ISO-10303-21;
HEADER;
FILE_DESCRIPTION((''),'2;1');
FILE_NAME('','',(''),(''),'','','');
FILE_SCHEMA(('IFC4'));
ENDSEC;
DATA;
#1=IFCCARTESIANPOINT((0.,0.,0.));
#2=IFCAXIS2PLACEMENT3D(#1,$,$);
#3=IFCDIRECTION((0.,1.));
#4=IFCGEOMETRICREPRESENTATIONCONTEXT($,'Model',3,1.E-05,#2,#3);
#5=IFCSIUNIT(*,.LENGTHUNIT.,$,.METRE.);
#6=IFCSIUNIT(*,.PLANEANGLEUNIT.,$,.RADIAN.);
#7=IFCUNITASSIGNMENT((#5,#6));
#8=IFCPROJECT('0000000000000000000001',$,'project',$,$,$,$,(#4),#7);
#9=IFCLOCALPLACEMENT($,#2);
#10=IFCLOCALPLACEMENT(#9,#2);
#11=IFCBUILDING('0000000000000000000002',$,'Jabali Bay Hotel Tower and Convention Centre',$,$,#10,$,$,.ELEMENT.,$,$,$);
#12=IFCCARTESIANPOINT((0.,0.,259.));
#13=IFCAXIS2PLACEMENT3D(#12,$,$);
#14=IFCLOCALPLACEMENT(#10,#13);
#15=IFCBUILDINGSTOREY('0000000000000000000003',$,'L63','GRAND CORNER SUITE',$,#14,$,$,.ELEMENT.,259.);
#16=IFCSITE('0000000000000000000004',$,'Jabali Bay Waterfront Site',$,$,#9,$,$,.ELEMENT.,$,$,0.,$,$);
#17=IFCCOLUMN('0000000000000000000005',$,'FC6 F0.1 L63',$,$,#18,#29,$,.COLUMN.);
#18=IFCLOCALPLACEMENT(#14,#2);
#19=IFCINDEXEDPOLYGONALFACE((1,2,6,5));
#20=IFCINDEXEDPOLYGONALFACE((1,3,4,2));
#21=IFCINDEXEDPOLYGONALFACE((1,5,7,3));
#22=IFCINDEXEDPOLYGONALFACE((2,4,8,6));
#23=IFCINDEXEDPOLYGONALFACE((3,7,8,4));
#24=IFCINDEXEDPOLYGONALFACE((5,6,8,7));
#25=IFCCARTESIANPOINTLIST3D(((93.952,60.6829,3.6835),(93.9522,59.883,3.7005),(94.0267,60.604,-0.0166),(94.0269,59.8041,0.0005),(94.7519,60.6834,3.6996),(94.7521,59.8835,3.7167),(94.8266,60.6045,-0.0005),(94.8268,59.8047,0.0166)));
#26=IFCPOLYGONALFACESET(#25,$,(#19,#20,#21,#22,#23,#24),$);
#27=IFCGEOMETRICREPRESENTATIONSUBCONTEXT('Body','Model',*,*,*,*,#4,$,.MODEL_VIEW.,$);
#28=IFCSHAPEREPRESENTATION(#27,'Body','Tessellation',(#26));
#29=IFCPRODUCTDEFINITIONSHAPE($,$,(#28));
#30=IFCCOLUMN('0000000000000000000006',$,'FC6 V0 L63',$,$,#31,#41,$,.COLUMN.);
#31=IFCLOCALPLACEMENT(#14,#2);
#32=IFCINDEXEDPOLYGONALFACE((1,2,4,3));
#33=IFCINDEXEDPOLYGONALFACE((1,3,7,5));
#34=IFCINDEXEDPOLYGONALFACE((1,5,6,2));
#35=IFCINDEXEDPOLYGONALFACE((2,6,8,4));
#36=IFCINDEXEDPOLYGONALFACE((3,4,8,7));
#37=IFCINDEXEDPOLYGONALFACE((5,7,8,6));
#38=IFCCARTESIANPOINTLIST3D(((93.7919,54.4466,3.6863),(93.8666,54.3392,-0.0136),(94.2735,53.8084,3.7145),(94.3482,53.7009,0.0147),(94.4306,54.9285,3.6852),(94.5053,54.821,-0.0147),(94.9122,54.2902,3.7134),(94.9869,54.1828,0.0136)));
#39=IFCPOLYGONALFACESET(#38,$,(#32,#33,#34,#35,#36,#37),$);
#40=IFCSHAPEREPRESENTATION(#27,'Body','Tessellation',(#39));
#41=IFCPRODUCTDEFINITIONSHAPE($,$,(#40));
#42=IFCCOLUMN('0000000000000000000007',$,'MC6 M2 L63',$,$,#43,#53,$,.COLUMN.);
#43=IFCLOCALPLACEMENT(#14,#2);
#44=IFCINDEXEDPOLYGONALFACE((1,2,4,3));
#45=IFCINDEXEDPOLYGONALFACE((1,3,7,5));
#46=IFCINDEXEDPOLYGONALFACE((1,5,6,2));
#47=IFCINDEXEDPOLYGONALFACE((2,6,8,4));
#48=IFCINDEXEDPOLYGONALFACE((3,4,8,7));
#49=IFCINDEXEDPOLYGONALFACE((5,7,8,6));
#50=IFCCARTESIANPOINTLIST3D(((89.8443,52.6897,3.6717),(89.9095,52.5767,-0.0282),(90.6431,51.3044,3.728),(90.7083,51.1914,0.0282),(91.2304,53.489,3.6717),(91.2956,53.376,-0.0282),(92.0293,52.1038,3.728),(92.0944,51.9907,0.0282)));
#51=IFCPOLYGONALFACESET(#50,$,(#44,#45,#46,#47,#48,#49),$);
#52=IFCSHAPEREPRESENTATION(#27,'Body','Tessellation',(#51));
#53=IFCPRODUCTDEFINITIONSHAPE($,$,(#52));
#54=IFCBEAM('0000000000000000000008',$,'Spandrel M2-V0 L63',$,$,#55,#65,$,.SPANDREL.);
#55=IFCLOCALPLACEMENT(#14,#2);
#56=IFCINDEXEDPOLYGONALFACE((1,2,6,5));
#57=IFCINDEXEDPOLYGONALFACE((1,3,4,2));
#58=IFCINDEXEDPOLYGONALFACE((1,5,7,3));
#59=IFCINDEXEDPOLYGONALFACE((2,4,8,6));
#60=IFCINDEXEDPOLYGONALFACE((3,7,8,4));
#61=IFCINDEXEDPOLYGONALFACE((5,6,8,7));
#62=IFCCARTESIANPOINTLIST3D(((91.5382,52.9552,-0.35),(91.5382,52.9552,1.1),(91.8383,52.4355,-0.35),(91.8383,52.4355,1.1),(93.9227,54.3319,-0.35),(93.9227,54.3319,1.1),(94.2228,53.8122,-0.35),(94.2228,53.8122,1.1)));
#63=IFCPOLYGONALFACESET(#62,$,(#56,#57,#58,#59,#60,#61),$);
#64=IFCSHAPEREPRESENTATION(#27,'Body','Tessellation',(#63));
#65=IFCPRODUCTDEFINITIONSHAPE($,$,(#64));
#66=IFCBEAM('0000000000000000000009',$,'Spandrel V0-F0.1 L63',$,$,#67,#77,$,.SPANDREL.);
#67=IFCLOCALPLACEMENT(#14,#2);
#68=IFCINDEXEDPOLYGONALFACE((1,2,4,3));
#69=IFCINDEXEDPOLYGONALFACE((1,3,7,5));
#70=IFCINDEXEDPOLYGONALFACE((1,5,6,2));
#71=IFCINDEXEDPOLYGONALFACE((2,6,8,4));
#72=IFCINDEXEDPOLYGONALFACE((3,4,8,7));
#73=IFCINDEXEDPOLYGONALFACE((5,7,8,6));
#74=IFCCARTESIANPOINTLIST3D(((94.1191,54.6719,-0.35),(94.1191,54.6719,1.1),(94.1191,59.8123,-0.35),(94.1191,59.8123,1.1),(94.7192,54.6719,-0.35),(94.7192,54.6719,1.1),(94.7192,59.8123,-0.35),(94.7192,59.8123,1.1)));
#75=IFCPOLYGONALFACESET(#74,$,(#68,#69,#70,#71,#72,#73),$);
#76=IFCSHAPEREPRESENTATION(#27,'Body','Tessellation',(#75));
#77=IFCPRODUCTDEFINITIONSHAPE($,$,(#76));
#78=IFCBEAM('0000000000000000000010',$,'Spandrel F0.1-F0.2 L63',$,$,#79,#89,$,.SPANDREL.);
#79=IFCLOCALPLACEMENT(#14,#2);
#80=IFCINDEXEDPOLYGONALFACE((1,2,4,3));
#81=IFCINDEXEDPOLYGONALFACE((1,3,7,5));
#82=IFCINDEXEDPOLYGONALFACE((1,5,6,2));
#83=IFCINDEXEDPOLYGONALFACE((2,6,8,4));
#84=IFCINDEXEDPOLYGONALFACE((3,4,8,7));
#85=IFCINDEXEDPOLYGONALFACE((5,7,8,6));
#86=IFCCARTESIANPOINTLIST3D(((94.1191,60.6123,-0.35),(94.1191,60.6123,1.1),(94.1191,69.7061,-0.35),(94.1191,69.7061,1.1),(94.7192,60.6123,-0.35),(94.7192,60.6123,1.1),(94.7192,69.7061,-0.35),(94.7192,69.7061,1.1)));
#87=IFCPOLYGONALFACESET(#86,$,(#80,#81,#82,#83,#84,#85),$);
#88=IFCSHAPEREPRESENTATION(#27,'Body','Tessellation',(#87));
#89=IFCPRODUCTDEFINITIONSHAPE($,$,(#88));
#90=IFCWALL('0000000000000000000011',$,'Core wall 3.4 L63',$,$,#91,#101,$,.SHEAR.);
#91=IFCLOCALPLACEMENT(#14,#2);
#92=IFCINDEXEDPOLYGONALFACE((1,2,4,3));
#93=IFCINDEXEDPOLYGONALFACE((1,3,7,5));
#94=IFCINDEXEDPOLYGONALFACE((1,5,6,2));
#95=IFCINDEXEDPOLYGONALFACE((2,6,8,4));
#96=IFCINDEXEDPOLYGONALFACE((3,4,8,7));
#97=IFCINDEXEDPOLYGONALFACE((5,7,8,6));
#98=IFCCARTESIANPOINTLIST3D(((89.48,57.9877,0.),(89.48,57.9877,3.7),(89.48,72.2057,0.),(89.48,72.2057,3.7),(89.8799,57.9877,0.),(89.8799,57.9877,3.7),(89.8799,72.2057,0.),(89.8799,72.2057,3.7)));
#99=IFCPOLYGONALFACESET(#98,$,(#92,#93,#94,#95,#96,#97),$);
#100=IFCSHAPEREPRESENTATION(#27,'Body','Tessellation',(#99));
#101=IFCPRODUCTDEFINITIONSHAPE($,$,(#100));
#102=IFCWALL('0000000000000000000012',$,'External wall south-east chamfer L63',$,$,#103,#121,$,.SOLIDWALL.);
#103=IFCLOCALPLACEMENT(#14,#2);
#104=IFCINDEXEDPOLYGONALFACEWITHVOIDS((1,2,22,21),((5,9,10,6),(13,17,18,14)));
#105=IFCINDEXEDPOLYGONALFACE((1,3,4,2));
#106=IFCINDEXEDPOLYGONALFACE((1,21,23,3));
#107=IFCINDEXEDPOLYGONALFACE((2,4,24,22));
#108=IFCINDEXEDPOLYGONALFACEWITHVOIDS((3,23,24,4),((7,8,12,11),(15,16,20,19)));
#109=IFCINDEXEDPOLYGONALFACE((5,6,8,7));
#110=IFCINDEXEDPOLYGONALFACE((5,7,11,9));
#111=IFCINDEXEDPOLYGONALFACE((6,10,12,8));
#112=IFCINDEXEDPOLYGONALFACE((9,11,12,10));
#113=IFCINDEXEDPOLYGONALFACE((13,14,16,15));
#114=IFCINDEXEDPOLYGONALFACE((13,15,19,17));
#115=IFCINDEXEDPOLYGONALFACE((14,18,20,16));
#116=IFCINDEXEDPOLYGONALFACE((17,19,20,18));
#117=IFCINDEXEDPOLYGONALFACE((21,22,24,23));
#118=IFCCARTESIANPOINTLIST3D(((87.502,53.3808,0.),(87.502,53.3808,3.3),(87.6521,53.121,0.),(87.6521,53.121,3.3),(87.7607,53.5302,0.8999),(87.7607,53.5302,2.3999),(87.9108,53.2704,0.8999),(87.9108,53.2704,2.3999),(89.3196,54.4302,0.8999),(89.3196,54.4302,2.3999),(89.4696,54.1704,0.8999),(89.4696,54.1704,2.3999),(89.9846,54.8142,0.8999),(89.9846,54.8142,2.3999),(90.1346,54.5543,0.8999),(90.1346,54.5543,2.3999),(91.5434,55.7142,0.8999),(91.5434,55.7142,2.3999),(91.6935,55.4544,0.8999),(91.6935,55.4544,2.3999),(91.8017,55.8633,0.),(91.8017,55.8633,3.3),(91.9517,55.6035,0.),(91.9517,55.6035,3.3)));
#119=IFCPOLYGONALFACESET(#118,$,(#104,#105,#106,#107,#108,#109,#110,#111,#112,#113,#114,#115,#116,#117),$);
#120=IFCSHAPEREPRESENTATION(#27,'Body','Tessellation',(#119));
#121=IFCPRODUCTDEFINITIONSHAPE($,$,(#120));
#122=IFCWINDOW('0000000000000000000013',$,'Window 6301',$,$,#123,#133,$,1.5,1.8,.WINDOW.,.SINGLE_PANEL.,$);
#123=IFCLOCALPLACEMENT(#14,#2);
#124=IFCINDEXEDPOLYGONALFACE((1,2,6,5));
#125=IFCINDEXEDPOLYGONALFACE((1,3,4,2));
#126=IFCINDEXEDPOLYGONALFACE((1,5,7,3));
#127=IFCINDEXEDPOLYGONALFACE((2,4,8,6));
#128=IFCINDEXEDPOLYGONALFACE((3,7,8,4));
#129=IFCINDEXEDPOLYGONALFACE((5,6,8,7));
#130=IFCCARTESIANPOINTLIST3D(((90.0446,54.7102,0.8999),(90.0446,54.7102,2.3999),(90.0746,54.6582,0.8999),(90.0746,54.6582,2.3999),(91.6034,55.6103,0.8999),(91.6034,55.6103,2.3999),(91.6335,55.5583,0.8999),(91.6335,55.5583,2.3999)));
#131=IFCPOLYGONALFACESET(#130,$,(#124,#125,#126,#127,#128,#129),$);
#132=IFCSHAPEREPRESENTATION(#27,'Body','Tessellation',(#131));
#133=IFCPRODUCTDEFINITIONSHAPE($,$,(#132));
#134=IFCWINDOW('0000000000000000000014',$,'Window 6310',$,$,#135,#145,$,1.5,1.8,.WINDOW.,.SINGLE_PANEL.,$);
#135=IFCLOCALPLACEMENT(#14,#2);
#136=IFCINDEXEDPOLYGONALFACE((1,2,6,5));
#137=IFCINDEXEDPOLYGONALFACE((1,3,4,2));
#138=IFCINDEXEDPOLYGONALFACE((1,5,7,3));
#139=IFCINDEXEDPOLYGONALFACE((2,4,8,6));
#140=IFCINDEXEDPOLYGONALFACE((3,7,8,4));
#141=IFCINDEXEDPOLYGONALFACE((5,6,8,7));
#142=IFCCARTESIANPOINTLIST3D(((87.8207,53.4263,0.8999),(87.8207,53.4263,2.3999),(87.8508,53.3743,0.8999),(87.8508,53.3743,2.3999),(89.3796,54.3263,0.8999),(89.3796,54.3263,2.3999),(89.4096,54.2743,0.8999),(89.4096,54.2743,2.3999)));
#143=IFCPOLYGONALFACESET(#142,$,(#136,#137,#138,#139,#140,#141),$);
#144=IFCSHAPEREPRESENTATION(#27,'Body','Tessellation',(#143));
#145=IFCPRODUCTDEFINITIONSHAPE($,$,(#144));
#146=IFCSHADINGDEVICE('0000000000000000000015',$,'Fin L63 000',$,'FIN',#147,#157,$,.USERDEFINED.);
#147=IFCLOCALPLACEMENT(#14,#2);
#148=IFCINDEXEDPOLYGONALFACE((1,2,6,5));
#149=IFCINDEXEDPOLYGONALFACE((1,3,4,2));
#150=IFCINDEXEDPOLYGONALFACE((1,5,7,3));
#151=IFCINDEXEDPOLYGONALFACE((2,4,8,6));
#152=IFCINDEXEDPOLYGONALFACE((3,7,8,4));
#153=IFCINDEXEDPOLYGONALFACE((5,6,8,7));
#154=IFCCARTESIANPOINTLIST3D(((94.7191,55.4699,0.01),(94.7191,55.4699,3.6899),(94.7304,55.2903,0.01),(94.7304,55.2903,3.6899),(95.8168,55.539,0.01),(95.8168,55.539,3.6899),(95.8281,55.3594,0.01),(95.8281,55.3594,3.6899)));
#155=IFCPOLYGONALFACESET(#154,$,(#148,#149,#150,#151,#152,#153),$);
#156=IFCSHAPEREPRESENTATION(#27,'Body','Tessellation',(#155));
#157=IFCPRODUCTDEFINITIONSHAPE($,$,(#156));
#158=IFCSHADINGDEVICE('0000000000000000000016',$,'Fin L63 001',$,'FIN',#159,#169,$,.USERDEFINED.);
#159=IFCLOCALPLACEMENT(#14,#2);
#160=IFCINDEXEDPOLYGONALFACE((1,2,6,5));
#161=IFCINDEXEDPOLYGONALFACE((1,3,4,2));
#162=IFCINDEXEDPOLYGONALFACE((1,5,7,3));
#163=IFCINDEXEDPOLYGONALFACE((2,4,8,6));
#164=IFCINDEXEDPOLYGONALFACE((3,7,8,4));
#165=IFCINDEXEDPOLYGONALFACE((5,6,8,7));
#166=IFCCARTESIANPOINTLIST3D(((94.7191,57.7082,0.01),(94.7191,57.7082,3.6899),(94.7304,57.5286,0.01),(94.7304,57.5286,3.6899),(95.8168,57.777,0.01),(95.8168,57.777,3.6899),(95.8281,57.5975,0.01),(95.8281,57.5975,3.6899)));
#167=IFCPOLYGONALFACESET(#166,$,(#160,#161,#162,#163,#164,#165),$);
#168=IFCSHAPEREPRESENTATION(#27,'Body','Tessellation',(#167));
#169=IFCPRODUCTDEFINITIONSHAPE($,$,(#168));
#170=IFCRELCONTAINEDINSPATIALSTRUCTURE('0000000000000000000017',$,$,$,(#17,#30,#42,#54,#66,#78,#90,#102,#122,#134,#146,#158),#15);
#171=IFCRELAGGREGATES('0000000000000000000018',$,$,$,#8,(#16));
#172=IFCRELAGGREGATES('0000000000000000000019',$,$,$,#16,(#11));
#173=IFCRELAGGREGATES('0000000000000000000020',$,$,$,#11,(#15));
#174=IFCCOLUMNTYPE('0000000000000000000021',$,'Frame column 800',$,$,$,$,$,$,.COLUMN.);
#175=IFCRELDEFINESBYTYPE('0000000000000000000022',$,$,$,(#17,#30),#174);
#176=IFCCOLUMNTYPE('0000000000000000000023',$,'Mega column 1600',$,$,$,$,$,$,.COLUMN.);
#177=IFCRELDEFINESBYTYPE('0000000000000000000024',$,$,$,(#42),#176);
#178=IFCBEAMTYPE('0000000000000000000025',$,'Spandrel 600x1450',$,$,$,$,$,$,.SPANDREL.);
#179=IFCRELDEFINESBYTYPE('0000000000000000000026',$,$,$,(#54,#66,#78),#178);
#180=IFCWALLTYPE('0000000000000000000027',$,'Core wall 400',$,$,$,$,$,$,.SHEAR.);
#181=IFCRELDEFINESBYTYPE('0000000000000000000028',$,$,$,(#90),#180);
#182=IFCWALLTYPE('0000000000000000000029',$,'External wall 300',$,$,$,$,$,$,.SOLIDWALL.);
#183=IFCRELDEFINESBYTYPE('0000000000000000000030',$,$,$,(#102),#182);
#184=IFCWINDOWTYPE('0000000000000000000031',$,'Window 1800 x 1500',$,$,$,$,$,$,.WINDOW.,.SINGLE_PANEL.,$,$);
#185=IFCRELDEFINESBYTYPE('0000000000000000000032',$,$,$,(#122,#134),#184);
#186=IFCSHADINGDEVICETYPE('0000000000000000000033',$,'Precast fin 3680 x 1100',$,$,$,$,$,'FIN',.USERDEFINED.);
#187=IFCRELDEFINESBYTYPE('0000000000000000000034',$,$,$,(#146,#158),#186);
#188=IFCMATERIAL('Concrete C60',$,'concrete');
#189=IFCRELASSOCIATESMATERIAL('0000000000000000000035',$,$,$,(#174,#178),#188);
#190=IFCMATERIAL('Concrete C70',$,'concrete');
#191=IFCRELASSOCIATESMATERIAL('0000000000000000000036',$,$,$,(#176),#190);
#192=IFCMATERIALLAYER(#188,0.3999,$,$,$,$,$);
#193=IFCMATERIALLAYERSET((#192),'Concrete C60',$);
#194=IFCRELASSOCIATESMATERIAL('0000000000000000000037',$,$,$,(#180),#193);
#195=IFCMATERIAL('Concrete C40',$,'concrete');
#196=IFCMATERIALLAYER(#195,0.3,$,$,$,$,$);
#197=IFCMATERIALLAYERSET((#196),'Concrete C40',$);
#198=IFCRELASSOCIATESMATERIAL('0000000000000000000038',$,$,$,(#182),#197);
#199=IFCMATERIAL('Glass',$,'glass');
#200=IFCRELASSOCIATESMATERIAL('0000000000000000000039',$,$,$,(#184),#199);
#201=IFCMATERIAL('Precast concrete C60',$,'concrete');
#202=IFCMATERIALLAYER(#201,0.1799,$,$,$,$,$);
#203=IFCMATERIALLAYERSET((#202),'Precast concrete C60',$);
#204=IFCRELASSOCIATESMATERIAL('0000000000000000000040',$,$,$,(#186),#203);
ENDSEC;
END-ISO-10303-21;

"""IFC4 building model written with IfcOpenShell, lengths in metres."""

from ifc_helpers import new_model, si_unit, direction, frame, frame_2d, origin, origin_2d, place, context, subcontext, project, spatial, rectangle, extrude, material, layer, layer_set, material_profile, profile_set, type_object, element, fill, save


model = new_model("IFC4")

# Units and contexts
model_context = context("Model", 3, precision=1e-05, world=origin(), true_north=direction((0.0, 1.0)))
body_context = subcontext(model_context, "Body", "Model", "MODEL_VIEW")
ifc_project = project(units=[si_unit("LENGTHUNIT", "METRE"), si_unit("PLANEANGLEUNIT", "RADIAN")], contexts=[model_context])

# Site, building, storey
site_placement = place(None, origin())
site = spatial("IfcSite", under=ifc_project, at=site_placement, Name="Jabali Bay Waterfront Site", CompositionType="ELEMENT", RefElevation=0.0)
building_placement = place(site_placement, origin())
building = spatial("IfcBuilding", under=site, at=building_placement, Name="Jabali Bay Hotel Tower and Convention Centre", CompositionType="ELEMENT")
storey_placement = place(building_placement, frame((0.0, 0.0, 259.0)))
storey = spatial("IfcBuildingStorey", under=building, at=storey_placement, Name="L63", Description="GRAND CORNER SUITE", CompositionType="ELEMENT", Elevation=259.0)

# Columns
ifc_material_1 = material(Name="Concrete C60", Category="concrete")
ifc_material_profile_1 = material_profile(ifc_material_1, rectangle(XDim=0.8, YDim=0.8, at=origin_2d()), Name="Frame column 800")
ifc_profile_set_1 = profile_set([ifc_material_profile_1], Name="Concrete C60")
column_type_1 = type_object("IfcColumnType", Name="Frame column 800", PredefinedType="COLUMN", material=ifc_profile_set_1)
column_1_placement = place(storey_placement, frame((94.4268, 60.2043, 0.0), z_axis=(-0.020183, 0.021304, 0.999569), x_axis=(0.000228, -0.999773, 0.021313)))
element("IfcColumn", 1, at=column_1_placement, inside=storey, type_object=column_type_1, Name="FC6 F0.1 L63", PredefinedType="COLUMN", context=body_context, shape_type="SweptSolid", body=[
    extrude(rectangle(XDim=0.8, YDim=0.8, at=origin_2d()), origin(), (0.0, 0.0, 1.0), 3.7017),
])
column_2_placement = place(storey_placement, frame((94.4268, 54.261, 0.0), z_axis=(-0.020179, 0.029015, 0.999375), x_axis=(-0.798282, -0.602282, 0.001368)))
element("IfcColumn", 2, at=column_2_placement, inside=storey, type_object=column_type_1, Name="FC6 V0 L63", PredefinedType="COLUMN", context=body_context, shape_type="SweptSolid", body=[
    extrude(rectangle(XDim=0.8, YDim=0.8, at=origin_2d()), origin(), (0.0, 0.0, 1.0), 3.7021),
])
ifc_material_2 = material(Name="Concrete C70", Category="concrete")
ifc_material_profile_2 = material_profile(ifc_material_2, rectangle(XDim=1.6001, YDim=1.6001, at=origin_2d()), Name="Mega column 1600")
ifc_profile_set_2 = profile_set([ifc_material_profile_2], Name="Concrete C70")
column_type_2 = type_object("IfcColumnType", Name="Mega column 1600", PredefinedType="COLUMN", material=ifc_profile_set_2)
column_3_placement = place(storey_placement, frame((91.002, 52.2837, 0.0), z_axis=(-0.017607, 0.030532, 0.999379), x_axis=(0.49925, -0.865741, 0.035245)))
element("IfcColumn", 3, at=column_3_placement, inside=storey, type_object=column_type_2, Name="MC6 M2 L63", PredefinedType="COLUMN", context=body_context, shape_type="SweptSolid", body=[
    extrude(rectangle(XDim=1.6001, YDim=1.6001, at=origin_2d()), origin(), (0.0, 0.0, 1.0), 3.7021),
])

# Beams
ifc_material_profile_3 = material_profile(ifc_material_1, rectangle(XDim=0.6001, YDim=1.45, at=origin_2d()), Name="Spandrel 600x1450")
ifc_profile_set_3 = profile_set([ifc_material_profile_3], Name="Concrete C60")
beam_type = type_object("IfcBeamType", Name="Spandrel 600x1450", PredefinedType="SPANDREL", material=ifc_profile_set_3)
beam_1_placement = place(storey_placement, frame((91.6882, 52.6953, 0.375), z_axis=(0.866025, 0.500001, 0.0), x_axis=(-0.500001, 0.866025, 0.0)))
element("IfcBeam", 4, at=beam_1_placement, inside=storey, type_object=beam_type, Name="Spandrel M2-V0 L63", PredefinedType="SPANDREL", context=body_context, shape_type="SweptSolid", body=[
    extrude(rectangle(XDim=0.6001, YDim=1.45, at=origin_2d()), origin(), (0.0, 0.0, 1.0), 2.7534),
])
beam_2_placement = place(storey_placement, frame((94.4192, 54.6719, 0.375), z_axis=(0.0, 1.0, 0.0), x_axis=(-1.0, 0.0, 0.0)))
element("IfcBeam", 5, at=beam_2_placement, inside=storey, type_object=beam_type, Name="Spandrel V0-F0.1 L63", PredefinedType="SPANDREL", context=body_context, shape_type="SweptSolid", body=[
    extrude(rectangle(XDim=0.6001, YDim=1.45, at=origin_2d()), origin(), (0.0, 0.0, 1.0), 5.1404),
])
beam_3_placement = place(storey_placement, frame((94.4192, 60.6123, 0.375), z_axis=(0.0, 1.0, 0.0), x_axis=(-1.0, 0.0, 0.0)))
element("IfcBeam", 6, at=beam_3_placement, inside=storey, type_object=beam_type, Name="Spandrel F0.1-F0.2 L63", PredefinedType="SPANDREL", context=body_context, shape_type="SweptSolid", body=[
    extrude(rectangle(XDim=0.6001, YDim=1.45, at=origin_2d()), origin(), (0.0, 0.0, 1.0), 9.0938),
])

# Wall
ifc_layer_1 = layer(ifc_material_1, 0.3999)
ifc_layer_set_1 = layer_set([ifc_layer_1], Name="Concrete C60")
wall_type_1 = type_object("IfcWallType", Name="Core wall 400", PredefinedType="SHEAR", material=ifc_layer_set_1)
wall_1_placement = place(storey_placement, frame((89.6799, 57.9878, 0.0), z_axis=(0.0, 0.0, 1.0), x_axis=(0.0, 1.0, 0.0)))
element("IfcWall", 7, at=wall_1_placement, inside=storey, type_object=wall_type_1, Name="Core wall 3.4 L63", PredefinedType="SHEAR", context=body_context, shape_type="SweptSolid", body=[
    extrude(rectangle(XDim=14.218, YDim=0.3999, at=frame_2d((7.1089, 0.0))), origin(), (0.0, 0.0, 1.0), 3.7),
])

# Wall, openings, windows
ifc_material_3 = material(Name="Concrete C40", Category="concrete")
ifc_layer_2 = layer(ifc_material_3, 0.3)
ifc_layer_set_2 = layer_set([ifc_layer_2], Name="Concrete C40")
wall_type_2 = type_object("IfcWallType", Name="External wall 300", PredefinedType="SOLIDWALL", material=ifc_layer_set_2)
wall_2_placement = place(storey_placement, frame((91.8767, 55.7334, 0.0), z_axis=(0.0, 0.0, 1.0), x_axis=(-0.866019, -0.50001, 0.0)))
wall_2 = element("IfcWall", 8, at=wall_2_placement, inside=storey, type_object=wall_type_2, Name="External wall south-east chamfer L63", PredefinedType="SOLIDWALL", context=body_context, shape_type="SweptSolid", body=[
    extrude(rectangle(XDim=4.9648, YDim=0.3, at=frame_2d((2.4824, 0.0))), origin(), (0.0, 0.0, 1.0), 3.3),
])
opening_1_placement = place(wall_2_placement, frame((0.2983, 0.0, 0.8999)))
opening_1 = element("IfcOpeningElement", 9, at=opening_1_placement, cuts=wall_2, PredefinedType="OPENING", context=body_context, shape_type="SweptSolid", body=[
    extrude(rectangle(XDim=1.8, YDim=1.5, at=frame_2d((0.8999, 0.75))), frame((0.0, 0.1606, 0.0), z_axis=(0.0, -1.0, 0.0), x_axis=(1.0, 0.0, 0.0)), (0.0, 0.0, 1.0), 0.321),
])
opening_2_placement = place(wall_2_placement, frame((2.8662, 0.0, 0.8999)))
opening_2 = element("IfcOpeningElement", 10, at=opening_2_placement, cuts=wall_2, PredefinedType="OPENING", context=body_context, shape_type="SweptSolid", body=[
    extrude(rectangle(XDim=1.8, YDim=1.5, at=frame_2d((0.8999, 0.75))), frame((0.0, 0.1606, 0.0), z_axis=(0.0, -1.0, 0.0), x_axis=(1.0, 0.0, 0.0)), (0.0, 0.0, 1.0), 0.321),
])
ifc_material_4 = material(Name="Glass", Category="glass")
window_type = type_object("IfcWindowType", Name="Window 1800 x 1500", PartitioningType="SINGLE_PANEL", PredefinedType="WINDOW", material=ifc_material_4)
window_1_placement = place(opening_1_placement, origin())
window_1 = element("IfcWindow", 11, at=window_1_placement, inside=storey, type_object=window_type, Name="Window 6301", OverallHeight=1.5, OverallWidth=1.8, PartitioningType="SINGLE_PANEL", PredefinedType="WINDOW", context=body_context, shape_type="SweptSolid", body=[
    extrude(rectangle(XDim=1.8, YDim=1.5, at=frame_2d((0.8999, 0.75))), frame((0.0, 0.03, 0.0), z_axis=(0.0, -1.0, 0.0), x_axis=(1.0, 0.0, 0.0)), (0.0, 0.0, 1.0), 0.0601),
])
fill(opening_1, window_1)
window_2_placement = place(opening_2_placement, origin())
window_2 = element("IfcWindow", 12, at=window_2_placement, inside=storey, type_object=window_type, Name="Window 6310", OverallHeight=1.5, OverallWidth=1.8, PartitioningType="SINGLE_PANEL", PredefinedType="WINDOW", context=body_context, shape_type="SweptSolid", body=[
    extrude(rectangle(XDim=1.8, YDim=1.5, at=frame_2d((0.8999, 0.75))), frame((0.0, 0.03, 0.0), z_axis=(0.0, -1.0, 0.0), x_axis=(1.0, 0.0, 0.0)), (0.0, 0.0, 1.0), 0.0601),
])
fill(opening_2, window_2)

# Shading devices
ifc_material_5 = material(Name="Precast concrete C60", Category="concrete")
ifc_layer_3 = layer(ifc_material_5, 0.1799)
ifc_layer_set_3 = layer_set([ifc_layer_3], Name="Precast concrete C60")
shading_device_type_1 = type_object("IfcShadingDeviceType", Name="Precast fin 3680 x 1100", ElementType="FIN", PredefinedType="USERDEFINED", material=ifc_layer_set_3)
for number, where, z_axis, x_axis, name in (
    (13, (94.7249, 55.3801, 0.01), (0.0, 0.0, 1.0), (0.998025, 0.062821, 0.0), "Fin L63 000"),
    (14, (94.7249, 57.6184, 0.01), (0.0, 0.0, 1.0), (0.998039, 0.062599, 0.0), "Fin L63 001"),
):
    element("IfcShadingDevice", number, at=place(storey_placement, frame(where, z_axis=z_axis, x_axis=x_axis)), inside=storey, type_object=shading_device_type_1, Name=name, ObjectType="FIN", PredefinedType="USERDEFINED", context=body_context, shape_type="SweptSolid", body=[
        extrude(rectangle(XDim=1.0999, YDim=0.1799, at=frame_2d((0.5498, 0.0))), origin(), (0.0, 0.0, 1.0), 3.6799),
    ])

save(model, "model.ifc")
